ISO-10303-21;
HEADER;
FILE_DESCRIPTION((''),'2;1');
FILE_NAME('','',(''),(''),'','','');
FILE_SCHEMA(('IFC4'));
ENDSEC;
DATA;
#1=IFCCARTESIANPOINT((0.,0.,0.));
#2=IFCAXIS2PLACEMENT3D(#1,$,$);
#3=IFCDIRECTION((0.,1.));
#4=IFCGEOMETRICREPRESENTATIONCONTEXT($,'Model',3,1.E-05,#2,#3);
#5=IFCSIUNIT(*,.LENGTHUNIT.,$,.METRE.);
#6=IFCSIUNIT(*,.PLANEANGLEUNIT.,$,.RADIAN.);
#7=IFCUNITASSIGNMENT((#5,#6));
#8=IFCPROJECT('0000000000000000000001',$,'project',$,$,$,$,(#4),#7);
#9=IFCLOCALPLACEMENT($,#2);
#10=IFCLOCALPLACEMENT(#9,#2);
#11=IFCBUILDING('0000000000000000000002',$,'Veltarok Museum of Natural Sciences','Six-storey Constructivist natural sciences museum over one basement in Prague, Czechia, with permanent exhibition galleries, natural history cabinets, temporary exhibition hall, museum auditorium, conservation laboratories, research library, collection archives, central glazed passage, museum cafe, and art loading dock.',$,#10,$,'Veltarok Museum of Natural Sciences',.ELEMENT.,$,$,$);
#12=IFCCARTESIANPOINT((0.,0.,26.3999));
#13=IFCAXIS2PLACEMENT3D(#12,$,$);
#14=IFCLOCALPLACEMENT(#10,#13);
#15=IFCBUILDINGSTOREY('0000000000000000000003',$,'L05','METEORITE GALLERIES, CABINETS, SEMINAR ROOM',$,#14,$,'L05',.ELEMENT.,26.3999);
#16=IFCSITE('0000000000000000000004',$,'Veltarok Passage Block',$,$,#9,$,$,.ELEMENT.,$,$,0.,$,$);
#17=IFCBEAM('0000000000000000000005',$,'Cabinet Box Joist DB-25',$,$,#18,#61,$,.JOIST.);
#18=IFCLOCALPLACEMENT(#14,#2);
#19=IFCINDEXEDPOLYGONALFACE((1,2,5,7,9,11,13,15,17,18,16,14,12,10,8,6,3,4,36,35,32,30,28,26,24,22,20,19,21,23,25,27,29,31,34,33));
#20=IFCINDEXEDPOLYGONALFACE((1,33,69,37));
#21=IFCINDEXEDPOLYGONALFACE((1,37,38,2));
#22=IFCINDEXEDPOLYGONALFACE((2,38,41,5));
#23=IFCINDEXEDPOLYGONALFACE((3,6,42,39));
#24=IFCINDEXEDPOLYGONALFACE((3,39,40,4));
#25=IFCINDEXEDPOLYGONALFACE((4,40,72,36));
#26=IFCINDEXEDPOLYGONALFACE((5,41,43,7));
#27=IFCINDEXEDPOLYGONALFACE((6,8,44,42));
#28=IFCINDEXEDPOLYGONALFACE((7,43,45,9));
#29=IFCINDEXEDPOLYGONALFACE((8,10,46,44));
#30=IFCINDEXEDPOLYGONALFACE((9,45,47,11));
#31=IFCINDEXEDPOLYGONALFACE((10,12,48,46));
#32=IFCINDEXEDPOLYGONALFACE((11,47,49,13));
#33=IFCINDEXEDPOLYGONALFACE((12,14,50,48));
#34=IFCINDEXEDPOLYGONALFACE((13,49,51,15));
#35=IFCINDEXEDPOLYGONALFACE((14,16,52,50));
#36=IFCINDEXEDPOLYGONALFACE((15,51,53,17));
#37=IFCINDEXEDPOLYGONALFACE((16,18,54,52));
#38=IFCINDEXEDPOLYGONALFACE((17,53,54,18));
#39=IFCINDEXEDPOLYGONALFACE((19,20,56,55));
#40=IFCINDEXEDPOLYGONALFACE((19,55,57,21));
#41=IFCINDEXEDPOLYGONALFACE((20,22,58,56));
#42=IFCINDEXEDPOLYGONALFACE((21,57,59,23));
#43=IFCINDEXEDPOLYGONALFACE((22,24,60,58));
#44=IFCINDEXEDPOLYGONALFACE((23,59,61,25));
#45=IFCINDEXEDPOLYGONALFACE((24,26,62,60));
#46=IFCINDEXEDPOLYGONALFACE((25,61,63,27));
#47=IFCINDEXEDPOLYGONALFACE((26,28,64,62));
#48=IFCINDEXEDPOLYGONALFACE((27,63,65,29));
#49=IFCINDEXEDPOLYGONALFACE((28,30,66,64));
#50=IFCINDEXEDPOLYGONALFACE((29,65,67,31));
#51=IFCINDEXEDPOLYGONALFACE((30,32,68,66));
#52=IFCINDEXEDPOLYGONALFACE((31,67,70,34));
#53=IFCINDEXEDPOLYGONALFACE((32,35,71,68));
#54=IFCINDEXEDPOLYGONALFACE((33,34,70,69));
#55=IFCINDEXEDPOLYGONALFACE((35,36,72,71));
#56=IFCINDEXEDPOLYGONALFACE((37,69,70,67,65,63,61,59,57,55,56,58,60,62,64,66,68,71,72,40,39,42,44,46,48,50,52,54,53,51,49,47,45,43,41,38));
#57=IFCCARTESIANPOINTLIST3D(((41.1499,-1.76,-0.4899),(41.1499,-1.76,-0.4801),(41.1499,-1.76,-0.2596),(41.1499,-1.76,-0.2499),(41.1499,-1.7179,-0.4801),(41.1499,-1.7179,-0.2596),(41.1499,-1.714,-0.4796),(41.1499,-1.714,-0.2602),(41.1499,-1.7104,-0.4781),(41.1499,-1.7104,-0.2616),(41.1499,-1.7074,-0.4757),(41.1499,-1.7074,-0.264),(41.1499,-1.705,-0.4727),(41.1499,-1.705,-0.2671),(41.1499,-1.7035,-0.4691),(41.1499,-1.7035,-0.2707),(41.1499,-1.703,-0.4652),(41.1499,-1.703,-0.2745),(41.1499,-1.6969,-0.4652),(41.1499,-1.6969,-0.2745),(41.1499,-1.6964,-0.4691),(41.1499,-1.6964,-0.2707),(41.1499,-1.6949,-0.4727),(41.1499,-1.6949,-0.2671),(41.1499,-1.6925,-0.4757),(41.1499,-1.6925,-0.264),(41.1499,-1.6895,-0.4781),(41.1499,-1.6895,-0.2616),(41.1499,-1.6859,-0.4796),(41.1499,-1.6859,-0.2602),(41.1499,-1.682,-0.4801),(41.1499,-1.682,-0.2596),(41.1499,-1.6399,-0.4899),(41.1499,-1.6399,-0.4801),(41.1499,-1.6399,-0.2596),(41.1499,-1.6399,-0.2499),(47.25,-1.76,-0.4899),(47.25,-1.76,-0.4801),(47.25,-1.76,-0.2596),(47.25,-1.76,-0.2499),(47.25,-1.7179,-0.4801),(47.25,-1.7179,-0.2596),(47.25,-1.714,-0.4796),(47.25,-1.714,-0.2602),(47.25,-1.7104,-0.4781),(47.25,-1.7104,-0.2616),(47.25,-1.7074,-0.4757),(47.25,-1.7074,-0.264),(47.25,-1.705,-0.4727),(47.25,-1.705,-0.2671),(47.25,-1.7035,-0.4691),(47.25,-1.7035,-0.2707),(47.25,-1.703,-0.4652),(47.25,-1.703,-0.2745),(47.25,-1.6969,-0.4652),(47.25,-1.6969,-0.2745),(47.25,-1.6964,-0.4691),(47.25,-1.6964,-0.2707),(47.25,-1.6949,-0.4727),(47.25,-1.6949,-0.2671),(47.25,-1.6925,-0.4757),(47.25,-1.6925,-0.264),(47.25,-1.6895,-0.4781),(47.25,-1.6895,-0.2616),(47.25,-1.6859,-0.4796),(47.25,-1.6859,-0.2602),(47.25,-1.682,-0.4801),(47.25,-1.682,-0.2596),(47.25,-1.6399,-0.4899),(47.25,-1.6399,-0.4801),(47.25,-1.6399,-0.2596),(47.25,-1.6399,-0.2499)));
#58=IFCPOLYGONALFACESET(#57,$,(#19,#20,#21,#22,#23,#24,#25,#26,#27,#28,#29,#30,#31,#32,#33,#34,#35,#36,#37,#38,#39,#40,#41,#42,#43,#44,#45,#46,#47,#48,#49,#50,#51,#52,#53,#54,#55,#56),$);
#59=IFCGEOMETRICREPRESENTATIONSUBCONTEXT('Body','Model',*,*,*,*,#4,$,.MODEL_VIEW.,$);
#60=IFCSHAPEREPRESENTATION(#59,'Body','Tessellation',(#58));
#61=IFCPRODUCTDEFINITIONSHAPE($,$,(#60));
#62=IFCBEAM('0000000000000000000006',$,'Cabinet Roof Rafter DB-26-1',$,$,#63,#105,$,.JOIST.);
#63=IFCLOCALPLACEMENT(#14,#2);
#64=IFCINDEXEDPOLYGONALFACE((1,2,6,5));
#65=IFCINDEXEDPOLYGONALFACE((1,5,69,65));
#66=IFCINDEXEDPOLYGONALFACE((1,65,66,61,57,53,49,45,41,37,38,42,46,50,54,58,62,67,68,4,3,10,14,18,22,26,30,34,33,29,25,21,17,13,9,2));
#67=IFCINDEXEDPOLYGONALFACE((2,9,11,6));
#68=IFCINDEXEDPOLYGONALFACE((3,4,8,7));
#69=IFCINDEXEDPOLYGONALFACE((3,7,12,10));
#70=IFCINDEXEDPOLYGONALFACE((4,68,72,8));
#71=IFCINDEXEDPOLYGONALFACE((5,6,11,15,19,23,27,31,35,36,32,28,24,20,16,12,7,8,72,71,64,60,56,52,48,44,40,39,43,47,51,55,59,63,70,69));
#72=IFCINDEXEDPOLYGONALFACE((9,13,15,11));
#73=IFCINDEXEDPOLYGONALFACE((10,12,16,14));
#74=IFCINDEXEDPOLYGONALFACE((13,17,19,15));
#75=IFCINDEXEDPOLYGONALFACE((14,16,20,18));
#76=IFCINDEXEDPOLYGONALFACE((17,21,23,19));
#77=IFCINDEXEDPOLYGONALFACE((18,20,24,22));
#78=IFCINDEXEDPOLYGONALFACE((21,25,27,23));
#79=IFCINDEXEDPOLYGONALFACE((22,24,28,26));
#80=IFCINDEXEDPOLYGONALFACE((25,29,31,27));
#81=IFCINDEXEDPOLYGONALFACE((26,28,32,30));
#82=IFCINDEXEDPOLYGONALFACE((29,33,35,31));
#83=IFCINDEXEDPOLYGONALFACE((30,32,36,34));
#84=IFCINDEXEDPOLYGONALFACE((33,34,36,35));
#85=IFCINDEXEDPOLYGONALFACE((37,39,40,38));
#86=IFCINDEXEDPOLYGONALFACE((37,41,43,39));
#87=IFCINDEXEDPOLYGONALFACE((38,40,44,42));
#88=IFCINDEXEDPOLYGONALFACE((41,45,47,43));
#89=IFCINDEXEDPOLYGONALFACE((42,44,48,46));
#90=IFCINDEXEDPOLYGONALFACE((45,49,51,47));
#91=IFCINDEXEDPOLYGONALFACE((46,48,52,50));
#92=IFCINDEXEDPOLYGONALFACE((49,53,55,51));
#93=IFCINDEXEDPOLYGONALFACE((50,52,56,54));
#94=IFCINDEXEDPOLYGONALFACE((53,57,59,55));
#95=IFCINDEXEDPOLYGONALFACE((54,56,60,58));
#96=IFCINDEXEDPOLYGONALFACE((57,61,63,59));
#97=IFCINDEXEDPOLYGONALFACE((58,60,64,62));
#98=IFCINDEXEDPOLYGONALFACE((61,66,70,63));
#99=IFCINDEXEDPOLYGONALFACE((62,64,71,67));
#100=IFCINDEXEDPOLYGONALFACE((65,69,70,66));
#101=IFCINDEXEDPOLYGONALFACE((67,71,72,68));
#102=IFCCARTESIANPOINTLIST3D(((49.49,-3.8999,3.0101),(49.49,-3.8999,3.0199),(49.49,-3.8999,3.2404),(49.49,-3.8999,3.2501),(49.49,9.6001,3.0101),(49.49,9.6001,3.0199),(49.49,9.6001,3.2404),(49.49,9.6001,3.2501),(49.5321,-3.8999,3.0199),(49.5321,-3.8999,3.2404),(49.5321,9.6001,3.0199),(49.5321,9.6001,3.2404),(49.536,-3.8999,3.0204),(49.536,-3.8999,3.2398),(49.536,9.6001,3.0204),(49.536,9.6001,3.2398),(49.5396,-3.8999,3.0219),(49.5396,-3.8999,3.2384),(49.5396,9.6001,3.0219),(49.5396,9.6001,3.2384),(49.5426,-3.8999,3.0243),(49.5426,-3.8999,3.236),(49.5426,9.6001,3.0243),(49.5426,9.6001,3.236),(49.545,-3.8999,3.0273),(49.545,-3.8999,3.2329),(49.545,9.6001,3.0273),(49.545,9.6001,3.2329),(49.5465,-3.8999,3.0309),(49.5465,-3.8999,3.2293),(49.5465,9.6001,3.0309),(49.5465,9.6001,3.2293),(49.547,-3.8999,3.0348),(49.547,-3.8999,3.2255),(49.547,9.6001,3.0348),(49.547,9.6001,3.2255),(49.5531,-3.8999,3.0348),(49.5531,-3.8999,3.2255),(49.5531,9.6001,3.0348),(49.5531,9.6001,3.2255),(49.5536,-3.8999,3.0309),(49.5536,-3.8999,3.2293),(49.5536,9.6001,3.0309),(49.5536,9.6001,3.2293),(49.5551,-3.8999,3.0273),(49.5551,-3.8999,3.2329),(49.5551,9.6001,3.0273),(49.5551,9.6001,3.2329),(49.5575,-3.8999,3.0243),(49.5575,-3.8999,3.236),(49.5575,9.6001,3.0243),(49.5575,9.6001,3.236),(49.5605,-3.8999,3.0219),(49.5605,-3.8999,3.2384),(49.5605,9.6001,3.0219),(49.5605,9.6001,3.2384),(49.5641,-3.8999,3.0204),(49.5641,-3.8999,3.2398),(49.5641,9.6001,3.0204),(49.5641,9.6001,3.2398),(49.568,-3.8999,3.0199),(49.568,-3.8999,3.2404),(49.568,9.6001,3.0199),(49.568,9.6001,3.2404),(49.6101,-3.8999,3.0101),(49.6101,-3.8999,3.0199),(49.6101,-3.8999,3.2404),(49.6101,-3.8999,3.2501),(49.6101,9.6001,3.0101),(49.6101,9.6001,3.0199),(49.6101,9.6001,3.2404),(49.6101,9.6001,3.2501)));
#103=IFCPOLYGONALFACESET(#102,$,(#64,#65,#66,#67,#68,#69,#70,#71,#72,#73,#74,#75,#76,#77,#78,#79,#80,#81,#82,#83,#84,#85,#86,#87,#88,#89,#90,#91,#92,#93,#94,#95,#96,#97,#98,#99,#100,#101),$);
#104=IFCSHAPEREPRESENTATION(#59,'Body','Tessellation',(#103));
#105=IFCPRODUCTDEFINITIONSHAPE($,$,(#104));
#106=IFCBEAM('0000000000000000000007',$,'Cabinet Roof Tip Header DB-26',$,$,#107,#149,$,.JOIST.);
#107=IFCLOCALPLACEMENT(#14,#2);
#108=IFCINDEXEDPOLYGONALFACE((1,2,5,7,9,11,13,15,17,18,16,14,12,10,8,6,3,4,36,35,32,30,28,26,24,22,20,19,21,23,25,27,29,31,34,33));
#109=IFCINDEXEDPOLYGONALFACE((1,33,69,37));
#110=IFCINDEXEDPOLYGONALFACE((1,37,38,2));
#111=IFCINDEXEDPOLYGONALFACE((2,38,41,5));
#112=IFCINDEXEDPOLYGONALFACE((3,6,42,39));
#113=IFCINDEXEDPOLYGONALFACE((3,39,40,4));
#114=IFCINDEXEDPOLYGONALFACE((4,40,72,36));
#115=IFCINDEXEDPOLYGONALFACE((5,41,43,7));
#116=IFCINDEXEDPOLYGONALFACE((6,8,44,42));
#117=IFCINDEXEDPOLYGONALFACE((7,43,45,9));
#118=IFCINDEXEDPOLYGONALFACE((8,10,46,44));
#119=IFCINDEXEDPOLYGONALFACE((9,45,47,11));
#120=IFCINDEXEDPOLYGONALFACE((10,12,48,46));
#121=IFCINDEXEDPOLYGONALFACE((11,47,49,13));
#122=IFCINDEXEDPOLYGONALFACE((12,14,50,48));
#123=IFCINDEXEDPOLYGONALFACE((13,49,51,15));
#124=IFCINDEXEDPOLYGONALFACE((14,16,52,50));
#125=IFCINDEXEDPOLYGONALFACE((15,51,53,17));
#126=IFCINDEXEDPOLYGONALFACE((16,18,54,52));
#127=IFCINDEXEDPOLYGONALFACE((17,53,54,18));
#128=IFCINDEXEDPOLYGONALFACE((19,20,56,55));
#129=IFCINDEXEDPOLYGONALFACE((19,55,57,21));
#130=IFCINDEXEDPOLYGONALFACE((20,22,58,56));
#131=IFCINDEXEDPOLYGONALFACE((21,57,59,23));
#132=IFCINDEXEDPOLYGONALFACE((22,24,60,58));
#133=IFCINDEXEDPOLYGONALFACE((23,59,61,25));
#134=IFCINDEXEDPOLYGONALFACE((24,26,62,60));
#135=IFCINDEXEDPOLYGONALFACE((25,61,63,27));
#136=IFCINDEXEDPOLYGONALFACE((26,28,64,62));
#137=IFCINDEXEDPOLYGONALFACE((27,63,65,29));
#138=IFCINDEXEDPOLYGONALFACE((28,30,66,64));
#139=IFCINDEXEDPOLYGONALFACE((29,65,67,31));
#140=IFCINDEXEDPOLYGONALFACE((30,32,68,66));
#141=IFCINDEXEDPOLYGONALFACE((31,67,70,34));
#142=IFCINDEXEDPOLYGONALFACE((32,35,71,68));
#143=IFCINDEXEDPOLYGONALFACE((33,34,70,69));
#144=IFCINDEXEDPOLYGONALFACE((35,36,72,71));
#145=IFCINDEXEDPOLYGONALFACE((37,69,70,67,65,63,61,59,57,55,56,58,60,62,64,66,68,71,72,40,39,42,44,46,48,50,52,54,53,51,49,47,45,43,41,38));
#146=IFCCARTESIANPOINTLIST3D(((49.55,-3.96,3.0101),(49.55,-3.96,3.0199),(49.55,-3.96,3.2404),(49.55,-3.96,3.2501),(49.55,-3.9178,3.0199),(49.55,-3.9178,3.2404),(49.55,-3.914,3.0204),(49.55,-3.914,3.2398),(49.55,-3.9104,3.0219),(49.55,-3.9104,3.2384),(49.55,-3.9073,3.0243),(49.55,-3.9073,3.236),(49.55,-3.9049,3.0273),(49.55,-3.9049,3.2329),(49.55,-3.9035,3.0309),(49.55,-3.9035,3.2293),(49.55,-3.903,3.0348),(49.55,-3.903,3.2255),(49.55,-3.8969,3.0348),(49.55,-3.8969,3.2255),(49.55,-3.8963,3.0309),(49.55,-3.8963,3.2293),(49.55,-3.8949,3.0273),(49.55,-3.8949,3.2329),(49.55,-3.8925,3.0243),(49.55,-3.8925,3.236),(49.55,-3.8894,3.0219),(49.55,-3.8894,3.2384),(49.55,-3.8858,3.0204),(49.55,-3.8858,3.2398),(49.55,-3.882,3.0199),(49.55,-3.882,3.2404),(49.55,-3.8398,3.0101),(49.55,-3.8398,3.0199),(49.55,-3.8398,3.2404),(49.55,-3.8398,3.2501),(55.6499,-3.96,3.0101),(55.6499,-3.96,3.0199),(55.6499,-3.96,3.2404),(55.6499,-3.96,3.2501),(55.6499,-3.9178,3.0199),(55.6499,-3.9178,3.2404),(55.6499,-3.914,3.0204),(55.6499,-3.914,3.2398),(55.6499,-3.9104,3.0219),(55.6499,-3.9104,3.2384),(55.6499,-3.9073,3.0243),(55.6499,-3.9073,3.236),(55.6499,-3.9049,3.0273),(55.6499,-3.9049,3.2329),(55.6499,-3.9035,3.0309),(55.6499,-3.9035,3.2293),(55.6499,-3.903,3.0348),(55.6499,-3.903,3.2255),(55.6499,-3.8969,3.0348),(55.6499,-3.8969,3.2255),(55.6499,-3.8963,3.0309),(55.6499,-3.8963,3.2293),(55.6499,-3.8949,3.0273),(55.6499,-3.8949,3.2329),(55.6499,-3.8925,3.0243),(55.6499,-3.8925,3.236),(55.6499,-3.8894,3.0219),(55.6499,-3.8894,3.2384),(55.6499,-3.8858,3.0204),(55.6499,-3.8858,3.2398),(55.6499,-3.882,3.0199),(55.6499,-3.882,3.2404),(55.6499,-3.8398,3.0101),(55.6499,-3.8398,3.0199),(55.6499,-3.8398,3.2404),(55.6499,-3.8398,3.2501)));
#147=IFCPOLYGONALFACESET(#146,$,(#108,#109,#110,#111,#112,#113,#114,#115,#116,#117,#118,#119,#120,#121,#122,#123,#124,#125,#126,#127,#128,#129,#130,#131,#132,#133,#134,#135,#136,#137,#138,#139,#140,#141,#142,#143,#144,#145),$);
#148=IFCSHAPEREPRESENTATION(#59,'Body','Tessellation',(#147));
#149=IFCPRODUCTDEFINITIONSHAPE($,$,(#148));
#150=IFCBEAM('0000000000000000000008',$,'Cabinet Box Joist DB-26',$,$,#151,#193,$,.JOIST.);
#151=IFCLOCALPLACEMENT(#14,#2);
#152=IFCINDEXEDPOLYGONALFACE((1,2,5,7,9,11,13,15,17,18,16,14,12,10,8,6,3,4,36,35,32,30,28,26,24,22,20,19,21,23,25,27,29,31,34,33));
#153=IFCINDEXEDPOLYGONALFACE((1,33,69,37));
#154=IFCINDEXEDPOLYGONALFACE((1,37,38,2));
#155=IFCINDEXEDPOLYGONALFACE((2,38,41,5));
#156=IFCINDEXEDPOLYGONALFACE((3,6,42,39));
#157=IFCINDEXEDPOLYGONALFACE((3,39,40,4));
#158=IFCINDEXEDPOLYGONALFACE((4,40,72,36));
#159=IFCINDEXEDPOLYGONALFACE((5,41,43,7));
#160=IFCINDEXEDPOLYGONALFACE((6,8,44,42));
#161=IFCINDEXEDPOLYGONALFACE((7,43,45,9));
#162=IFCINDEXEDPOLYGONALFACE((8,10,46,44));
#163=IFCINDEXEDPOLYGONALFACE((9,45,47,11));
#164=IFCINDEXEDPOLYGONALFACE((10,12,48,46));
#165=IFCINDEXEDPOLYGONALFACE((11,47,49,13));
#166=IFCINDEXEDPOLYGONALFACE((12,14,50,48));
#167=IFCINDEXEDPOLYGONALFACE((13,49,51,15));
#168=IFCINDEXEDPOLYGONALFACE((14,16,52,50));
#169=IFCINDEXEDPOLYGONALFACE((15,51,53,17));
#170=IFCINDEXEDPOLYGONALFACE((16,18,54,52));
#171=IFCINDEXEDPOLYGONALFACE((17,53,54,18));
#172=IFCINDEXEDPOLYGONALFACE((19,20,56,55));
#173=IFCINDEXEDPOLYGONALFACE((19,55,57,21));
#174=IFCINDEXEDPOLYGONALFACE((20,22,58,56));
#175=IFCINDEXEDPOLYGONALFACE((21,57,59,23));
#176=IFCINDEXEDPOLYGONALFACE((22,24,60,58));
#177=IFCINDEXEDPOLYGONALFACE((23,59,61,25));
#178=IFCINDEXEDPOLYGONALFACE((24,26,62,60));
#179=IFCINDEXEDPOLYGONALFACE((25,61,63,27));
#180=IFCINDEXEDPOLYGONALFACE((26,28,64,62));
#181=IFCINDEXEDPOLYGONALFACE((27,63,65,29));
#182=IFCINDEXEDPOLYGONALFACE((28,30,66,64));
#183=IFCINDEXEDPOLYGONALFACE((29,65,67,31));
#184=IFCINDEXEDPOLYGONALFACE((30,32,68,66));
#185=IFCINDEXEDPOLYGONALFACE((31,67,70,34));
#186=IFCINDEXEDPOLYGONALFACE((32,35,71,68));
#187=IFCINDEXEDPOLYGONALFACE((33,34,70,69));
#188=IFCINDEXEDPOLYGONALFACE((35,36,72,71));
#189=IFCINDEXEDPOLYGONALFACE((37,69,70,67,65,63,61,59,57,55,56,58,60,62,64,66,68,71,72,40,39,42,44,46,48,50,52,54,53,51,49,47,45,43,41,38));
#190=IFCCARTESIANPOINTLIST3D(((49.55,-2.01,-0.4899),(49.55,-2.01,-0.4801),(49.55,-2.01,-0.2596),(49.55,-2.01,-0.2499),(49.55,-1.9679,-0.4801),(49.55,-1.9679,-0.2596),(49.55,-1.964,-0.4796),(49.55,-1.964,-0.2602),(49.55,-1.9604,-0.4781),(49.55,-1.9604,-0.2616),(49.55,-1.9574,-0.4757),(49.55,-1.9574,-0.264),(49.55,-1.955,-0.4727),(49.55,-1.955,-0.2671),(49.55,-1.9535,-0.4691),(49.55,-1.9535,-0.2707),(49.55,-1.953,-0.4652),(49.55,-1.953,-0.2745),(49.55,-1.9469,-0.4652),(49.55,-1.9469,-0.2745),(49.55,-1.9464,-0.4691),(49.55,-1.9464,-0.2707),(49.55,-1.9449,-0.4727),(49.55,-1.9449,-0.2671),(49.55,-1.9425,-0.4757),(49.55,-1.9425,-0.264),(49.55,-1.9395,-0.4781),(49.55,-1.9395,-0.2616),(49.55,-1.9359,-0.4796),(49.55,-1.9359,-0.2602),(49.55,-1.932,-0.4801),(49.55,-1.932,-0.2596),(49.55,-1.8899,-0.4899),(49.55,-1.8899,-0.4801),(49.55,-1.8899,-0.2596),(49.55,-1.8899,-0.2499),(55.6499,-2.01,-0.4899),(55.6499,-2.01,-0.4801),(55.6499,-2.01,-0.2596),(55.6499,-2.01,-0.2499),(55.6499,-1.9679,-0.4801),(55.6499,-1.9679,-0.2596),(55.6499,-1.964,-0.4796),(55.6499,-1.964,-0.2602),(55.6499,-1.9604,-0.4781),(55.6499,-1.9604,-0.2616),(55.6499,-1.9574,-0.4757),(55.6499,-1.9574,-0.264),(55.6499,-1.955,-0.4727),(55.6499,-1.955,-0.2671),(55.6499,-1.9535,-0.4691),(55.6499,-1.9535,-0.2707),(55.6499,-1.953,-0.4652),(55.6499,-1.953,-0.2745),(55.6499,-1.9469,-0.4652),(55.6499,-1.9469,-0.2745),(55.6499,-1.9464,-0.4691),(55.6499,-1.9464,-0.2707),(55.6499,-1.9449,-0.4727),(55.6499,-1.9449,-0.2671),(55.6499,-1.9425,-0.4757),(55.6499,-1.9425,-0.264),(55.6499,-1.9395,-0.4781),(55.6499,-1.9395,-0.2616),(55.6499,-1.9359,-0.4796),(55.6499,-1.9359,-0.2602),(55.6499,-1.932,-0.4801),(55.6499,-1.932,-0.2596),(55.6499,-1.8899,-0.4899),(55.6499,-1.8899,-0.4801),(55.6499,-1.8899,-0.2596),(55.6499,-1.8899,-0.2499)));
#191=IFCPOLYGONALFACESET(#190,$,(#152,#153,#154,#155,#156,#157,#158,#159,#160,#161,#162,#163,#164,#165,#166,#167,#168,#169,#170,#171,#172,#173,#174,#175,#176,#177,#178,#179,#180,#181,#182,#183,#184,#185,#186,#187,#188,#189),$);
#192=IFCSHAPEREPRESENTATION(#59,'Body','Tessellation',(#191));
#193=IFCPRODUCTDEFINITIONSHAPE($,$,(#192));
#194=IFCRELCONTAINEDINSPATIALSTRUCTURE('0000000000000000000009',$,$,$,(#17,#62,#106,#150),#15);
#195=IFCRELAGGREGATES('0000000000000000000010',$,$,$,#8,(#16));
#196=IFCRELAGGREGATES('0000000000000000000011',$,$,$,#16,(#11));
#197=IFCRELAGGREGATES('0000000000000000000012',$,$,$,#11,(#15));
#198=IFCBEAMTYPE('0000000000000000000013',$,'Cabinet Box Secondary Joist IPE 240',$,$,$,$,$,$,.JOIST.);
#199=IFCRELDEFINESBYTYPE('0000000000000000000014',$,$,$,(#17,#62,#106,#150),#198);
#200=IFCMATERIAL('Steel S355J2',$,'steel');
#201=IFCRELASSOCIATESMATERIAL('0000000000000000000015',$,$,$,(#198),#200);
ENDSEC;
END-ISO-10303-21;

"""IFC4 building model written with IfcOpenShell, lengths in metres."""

from ifc_helpers import new_model, si_unit, direction, frame, origin, origin_2d, place, context, subcontext, project, spatial, i_section, extrude, material, material_profile, profile_set, type_object, element, save


model = new_model("IFC4")

# Units and contexts
model_context = context("Model", 3, precision=1e-05, world=origin(), true_north=direction((0.0, 1.0)))
body_context = subcontext(model_context, "Body", "Model", "MODEL_VIEW")
ifc_project = project(units=[si_unit("LENGTHUNIT", "METRE"), si_unit("PLANEANGLEUNIT", "RADIAN")], contexts=[model_context])

# Site, building, storey
site_placement = place(None, origin())
site = spatial("IfcSite", under=ifc_project, at=site_placement, Name="Veltarok Passage Block", CompositionType="ELEMENT", RefElevation=0.0)
building_placement = place(site_placement, origin())
building = spatial("IfcBuilding", under=site, at=building_placement, Name="Veltarok Museum of Natural Sciences", Description="Six-storey Constructivist natural sciences museum over one basement in Prague, Czechia, with permanent exhibition galleries, natural history cabinets, temporary exhibition hall, museum auditorium, conservation laboratories, research library, collection archives, central glazed passage, museum cafe, and art loading dock.", LongName="Veltarok Museum of Natural Sciences", CompositionType="ELEMENT")
storey_placement = place(building_placement, frame((0.0, 0.0, 26.3999)))
storey = spatial("IfcBuildingStorey", under=building, at=storey_placement, Name="L05", Description="METEORITE GALLERIES, CABINETS, SEMINAR ROOM", LongName="L05", CompositionType="ELEMENT", Elevation=26.3999)

# Beams
ifc_material_1 = material(Name="Steel S355J2", Category="steel")
ifc_material_profile_1 = material_profile(ifc_material_1, i_section(OverallWidth=0.1201, OverallDepth=0.24, WebThickness=0.0061, FlangeThickness=0.0098, FilletRadius=0.0149, at=origin_2d()), Name="IPE 240")
ifc_profile_set_1 = profile_set([ifc_material_profile_1], Name="Steel S355J2")
beam_type_1 = type_object("IfcBeamType", Name="Cabinet Box Secondary Joist IPE 240", PredefinedType="JOIST", material=ifc_profile_set_1)
for number, where, z_axis, x_axis, name in (
    (1, (41.1499, -1.7, -0.3699), (1.0, 0.0, 0.0), (0.0, 1.0, 0.0), "Cabinet Box Joist DB-25"),
):
    element("IfcBeam", number, at=place(storey_placement, frame(where, z_axis=z_axis, x_axis=x_axis)), inside=storey, type_object=beam_type_1, Name=name, PredefinedType="JOIST", context=body_context, shape_type="SweptSolid", body=[
        extrude(i_section(OverallWidth=0.1201, OverallDepth=0.24, WebThickness=0.0061, FlangeThickness=0.0098, FilletRadius=0.0149, at=origin_2d()), origin(), (0.0, 0.0, 1.0), 6.1001),
    ])
beam_1_placement = place(storey_placement, frame((49.55, -3.8999, 3.1301), z_axis=(0.0, 1.0, 0.0), x_axis=(-1.0, 0.0, 0.0)))
element("IfcBeam", 2, at=beam_1_placement, inside=storey, type_object=beam_type_1, Name="Cabinet Roof Rafter DB-26-1", PredefinedType="JOIST", context=body_context, shape_type="SweptSolid", body=[
    extrude(i_section(OverallWidth=0.1201, OverallDepth=0.24, WebThickness=0.0061, FlangeThickness=0.0098, FilletRadius=0.0149, at=origin_2d()), origin(), (0.0, 0.0, 1.0), 13.5),
])
for number, where, z_axis, x_axis, name in (
    (3, (49.55, -3.8999, 3.1301), (1.0, 0.0, 0.0), (0.0, 1.0, 0.0), "Cabinet Roof Tip Header DB-26"),
    (4, (49.55, -1.95, -0.3699), (1.0, 0.0, 0.0), (0.0, 1.0, 0.0), "Cabinet Box Joist DB-26"),
):
    element("IfcBeam", number, at=place(storey_placement, frame(where, z_axis=z_axis, x_axis=x_axis)), inside=storey, type_object=beam_type_1, Name=name, PredefinedType="JOIST", context=body_context, shape_type="SweptSolid", body=[
        extrude(i_section(OverallWidth=0.1201, OverallDepth=0.24, WebThickness=0.0061, FlangeThickness=0.0098, FilletRadius=0.0149, at=origin_2d()), origin(), (0.0, 0.0, 1.0), 6.0999),
    ])

save(model, "model.ifc")
